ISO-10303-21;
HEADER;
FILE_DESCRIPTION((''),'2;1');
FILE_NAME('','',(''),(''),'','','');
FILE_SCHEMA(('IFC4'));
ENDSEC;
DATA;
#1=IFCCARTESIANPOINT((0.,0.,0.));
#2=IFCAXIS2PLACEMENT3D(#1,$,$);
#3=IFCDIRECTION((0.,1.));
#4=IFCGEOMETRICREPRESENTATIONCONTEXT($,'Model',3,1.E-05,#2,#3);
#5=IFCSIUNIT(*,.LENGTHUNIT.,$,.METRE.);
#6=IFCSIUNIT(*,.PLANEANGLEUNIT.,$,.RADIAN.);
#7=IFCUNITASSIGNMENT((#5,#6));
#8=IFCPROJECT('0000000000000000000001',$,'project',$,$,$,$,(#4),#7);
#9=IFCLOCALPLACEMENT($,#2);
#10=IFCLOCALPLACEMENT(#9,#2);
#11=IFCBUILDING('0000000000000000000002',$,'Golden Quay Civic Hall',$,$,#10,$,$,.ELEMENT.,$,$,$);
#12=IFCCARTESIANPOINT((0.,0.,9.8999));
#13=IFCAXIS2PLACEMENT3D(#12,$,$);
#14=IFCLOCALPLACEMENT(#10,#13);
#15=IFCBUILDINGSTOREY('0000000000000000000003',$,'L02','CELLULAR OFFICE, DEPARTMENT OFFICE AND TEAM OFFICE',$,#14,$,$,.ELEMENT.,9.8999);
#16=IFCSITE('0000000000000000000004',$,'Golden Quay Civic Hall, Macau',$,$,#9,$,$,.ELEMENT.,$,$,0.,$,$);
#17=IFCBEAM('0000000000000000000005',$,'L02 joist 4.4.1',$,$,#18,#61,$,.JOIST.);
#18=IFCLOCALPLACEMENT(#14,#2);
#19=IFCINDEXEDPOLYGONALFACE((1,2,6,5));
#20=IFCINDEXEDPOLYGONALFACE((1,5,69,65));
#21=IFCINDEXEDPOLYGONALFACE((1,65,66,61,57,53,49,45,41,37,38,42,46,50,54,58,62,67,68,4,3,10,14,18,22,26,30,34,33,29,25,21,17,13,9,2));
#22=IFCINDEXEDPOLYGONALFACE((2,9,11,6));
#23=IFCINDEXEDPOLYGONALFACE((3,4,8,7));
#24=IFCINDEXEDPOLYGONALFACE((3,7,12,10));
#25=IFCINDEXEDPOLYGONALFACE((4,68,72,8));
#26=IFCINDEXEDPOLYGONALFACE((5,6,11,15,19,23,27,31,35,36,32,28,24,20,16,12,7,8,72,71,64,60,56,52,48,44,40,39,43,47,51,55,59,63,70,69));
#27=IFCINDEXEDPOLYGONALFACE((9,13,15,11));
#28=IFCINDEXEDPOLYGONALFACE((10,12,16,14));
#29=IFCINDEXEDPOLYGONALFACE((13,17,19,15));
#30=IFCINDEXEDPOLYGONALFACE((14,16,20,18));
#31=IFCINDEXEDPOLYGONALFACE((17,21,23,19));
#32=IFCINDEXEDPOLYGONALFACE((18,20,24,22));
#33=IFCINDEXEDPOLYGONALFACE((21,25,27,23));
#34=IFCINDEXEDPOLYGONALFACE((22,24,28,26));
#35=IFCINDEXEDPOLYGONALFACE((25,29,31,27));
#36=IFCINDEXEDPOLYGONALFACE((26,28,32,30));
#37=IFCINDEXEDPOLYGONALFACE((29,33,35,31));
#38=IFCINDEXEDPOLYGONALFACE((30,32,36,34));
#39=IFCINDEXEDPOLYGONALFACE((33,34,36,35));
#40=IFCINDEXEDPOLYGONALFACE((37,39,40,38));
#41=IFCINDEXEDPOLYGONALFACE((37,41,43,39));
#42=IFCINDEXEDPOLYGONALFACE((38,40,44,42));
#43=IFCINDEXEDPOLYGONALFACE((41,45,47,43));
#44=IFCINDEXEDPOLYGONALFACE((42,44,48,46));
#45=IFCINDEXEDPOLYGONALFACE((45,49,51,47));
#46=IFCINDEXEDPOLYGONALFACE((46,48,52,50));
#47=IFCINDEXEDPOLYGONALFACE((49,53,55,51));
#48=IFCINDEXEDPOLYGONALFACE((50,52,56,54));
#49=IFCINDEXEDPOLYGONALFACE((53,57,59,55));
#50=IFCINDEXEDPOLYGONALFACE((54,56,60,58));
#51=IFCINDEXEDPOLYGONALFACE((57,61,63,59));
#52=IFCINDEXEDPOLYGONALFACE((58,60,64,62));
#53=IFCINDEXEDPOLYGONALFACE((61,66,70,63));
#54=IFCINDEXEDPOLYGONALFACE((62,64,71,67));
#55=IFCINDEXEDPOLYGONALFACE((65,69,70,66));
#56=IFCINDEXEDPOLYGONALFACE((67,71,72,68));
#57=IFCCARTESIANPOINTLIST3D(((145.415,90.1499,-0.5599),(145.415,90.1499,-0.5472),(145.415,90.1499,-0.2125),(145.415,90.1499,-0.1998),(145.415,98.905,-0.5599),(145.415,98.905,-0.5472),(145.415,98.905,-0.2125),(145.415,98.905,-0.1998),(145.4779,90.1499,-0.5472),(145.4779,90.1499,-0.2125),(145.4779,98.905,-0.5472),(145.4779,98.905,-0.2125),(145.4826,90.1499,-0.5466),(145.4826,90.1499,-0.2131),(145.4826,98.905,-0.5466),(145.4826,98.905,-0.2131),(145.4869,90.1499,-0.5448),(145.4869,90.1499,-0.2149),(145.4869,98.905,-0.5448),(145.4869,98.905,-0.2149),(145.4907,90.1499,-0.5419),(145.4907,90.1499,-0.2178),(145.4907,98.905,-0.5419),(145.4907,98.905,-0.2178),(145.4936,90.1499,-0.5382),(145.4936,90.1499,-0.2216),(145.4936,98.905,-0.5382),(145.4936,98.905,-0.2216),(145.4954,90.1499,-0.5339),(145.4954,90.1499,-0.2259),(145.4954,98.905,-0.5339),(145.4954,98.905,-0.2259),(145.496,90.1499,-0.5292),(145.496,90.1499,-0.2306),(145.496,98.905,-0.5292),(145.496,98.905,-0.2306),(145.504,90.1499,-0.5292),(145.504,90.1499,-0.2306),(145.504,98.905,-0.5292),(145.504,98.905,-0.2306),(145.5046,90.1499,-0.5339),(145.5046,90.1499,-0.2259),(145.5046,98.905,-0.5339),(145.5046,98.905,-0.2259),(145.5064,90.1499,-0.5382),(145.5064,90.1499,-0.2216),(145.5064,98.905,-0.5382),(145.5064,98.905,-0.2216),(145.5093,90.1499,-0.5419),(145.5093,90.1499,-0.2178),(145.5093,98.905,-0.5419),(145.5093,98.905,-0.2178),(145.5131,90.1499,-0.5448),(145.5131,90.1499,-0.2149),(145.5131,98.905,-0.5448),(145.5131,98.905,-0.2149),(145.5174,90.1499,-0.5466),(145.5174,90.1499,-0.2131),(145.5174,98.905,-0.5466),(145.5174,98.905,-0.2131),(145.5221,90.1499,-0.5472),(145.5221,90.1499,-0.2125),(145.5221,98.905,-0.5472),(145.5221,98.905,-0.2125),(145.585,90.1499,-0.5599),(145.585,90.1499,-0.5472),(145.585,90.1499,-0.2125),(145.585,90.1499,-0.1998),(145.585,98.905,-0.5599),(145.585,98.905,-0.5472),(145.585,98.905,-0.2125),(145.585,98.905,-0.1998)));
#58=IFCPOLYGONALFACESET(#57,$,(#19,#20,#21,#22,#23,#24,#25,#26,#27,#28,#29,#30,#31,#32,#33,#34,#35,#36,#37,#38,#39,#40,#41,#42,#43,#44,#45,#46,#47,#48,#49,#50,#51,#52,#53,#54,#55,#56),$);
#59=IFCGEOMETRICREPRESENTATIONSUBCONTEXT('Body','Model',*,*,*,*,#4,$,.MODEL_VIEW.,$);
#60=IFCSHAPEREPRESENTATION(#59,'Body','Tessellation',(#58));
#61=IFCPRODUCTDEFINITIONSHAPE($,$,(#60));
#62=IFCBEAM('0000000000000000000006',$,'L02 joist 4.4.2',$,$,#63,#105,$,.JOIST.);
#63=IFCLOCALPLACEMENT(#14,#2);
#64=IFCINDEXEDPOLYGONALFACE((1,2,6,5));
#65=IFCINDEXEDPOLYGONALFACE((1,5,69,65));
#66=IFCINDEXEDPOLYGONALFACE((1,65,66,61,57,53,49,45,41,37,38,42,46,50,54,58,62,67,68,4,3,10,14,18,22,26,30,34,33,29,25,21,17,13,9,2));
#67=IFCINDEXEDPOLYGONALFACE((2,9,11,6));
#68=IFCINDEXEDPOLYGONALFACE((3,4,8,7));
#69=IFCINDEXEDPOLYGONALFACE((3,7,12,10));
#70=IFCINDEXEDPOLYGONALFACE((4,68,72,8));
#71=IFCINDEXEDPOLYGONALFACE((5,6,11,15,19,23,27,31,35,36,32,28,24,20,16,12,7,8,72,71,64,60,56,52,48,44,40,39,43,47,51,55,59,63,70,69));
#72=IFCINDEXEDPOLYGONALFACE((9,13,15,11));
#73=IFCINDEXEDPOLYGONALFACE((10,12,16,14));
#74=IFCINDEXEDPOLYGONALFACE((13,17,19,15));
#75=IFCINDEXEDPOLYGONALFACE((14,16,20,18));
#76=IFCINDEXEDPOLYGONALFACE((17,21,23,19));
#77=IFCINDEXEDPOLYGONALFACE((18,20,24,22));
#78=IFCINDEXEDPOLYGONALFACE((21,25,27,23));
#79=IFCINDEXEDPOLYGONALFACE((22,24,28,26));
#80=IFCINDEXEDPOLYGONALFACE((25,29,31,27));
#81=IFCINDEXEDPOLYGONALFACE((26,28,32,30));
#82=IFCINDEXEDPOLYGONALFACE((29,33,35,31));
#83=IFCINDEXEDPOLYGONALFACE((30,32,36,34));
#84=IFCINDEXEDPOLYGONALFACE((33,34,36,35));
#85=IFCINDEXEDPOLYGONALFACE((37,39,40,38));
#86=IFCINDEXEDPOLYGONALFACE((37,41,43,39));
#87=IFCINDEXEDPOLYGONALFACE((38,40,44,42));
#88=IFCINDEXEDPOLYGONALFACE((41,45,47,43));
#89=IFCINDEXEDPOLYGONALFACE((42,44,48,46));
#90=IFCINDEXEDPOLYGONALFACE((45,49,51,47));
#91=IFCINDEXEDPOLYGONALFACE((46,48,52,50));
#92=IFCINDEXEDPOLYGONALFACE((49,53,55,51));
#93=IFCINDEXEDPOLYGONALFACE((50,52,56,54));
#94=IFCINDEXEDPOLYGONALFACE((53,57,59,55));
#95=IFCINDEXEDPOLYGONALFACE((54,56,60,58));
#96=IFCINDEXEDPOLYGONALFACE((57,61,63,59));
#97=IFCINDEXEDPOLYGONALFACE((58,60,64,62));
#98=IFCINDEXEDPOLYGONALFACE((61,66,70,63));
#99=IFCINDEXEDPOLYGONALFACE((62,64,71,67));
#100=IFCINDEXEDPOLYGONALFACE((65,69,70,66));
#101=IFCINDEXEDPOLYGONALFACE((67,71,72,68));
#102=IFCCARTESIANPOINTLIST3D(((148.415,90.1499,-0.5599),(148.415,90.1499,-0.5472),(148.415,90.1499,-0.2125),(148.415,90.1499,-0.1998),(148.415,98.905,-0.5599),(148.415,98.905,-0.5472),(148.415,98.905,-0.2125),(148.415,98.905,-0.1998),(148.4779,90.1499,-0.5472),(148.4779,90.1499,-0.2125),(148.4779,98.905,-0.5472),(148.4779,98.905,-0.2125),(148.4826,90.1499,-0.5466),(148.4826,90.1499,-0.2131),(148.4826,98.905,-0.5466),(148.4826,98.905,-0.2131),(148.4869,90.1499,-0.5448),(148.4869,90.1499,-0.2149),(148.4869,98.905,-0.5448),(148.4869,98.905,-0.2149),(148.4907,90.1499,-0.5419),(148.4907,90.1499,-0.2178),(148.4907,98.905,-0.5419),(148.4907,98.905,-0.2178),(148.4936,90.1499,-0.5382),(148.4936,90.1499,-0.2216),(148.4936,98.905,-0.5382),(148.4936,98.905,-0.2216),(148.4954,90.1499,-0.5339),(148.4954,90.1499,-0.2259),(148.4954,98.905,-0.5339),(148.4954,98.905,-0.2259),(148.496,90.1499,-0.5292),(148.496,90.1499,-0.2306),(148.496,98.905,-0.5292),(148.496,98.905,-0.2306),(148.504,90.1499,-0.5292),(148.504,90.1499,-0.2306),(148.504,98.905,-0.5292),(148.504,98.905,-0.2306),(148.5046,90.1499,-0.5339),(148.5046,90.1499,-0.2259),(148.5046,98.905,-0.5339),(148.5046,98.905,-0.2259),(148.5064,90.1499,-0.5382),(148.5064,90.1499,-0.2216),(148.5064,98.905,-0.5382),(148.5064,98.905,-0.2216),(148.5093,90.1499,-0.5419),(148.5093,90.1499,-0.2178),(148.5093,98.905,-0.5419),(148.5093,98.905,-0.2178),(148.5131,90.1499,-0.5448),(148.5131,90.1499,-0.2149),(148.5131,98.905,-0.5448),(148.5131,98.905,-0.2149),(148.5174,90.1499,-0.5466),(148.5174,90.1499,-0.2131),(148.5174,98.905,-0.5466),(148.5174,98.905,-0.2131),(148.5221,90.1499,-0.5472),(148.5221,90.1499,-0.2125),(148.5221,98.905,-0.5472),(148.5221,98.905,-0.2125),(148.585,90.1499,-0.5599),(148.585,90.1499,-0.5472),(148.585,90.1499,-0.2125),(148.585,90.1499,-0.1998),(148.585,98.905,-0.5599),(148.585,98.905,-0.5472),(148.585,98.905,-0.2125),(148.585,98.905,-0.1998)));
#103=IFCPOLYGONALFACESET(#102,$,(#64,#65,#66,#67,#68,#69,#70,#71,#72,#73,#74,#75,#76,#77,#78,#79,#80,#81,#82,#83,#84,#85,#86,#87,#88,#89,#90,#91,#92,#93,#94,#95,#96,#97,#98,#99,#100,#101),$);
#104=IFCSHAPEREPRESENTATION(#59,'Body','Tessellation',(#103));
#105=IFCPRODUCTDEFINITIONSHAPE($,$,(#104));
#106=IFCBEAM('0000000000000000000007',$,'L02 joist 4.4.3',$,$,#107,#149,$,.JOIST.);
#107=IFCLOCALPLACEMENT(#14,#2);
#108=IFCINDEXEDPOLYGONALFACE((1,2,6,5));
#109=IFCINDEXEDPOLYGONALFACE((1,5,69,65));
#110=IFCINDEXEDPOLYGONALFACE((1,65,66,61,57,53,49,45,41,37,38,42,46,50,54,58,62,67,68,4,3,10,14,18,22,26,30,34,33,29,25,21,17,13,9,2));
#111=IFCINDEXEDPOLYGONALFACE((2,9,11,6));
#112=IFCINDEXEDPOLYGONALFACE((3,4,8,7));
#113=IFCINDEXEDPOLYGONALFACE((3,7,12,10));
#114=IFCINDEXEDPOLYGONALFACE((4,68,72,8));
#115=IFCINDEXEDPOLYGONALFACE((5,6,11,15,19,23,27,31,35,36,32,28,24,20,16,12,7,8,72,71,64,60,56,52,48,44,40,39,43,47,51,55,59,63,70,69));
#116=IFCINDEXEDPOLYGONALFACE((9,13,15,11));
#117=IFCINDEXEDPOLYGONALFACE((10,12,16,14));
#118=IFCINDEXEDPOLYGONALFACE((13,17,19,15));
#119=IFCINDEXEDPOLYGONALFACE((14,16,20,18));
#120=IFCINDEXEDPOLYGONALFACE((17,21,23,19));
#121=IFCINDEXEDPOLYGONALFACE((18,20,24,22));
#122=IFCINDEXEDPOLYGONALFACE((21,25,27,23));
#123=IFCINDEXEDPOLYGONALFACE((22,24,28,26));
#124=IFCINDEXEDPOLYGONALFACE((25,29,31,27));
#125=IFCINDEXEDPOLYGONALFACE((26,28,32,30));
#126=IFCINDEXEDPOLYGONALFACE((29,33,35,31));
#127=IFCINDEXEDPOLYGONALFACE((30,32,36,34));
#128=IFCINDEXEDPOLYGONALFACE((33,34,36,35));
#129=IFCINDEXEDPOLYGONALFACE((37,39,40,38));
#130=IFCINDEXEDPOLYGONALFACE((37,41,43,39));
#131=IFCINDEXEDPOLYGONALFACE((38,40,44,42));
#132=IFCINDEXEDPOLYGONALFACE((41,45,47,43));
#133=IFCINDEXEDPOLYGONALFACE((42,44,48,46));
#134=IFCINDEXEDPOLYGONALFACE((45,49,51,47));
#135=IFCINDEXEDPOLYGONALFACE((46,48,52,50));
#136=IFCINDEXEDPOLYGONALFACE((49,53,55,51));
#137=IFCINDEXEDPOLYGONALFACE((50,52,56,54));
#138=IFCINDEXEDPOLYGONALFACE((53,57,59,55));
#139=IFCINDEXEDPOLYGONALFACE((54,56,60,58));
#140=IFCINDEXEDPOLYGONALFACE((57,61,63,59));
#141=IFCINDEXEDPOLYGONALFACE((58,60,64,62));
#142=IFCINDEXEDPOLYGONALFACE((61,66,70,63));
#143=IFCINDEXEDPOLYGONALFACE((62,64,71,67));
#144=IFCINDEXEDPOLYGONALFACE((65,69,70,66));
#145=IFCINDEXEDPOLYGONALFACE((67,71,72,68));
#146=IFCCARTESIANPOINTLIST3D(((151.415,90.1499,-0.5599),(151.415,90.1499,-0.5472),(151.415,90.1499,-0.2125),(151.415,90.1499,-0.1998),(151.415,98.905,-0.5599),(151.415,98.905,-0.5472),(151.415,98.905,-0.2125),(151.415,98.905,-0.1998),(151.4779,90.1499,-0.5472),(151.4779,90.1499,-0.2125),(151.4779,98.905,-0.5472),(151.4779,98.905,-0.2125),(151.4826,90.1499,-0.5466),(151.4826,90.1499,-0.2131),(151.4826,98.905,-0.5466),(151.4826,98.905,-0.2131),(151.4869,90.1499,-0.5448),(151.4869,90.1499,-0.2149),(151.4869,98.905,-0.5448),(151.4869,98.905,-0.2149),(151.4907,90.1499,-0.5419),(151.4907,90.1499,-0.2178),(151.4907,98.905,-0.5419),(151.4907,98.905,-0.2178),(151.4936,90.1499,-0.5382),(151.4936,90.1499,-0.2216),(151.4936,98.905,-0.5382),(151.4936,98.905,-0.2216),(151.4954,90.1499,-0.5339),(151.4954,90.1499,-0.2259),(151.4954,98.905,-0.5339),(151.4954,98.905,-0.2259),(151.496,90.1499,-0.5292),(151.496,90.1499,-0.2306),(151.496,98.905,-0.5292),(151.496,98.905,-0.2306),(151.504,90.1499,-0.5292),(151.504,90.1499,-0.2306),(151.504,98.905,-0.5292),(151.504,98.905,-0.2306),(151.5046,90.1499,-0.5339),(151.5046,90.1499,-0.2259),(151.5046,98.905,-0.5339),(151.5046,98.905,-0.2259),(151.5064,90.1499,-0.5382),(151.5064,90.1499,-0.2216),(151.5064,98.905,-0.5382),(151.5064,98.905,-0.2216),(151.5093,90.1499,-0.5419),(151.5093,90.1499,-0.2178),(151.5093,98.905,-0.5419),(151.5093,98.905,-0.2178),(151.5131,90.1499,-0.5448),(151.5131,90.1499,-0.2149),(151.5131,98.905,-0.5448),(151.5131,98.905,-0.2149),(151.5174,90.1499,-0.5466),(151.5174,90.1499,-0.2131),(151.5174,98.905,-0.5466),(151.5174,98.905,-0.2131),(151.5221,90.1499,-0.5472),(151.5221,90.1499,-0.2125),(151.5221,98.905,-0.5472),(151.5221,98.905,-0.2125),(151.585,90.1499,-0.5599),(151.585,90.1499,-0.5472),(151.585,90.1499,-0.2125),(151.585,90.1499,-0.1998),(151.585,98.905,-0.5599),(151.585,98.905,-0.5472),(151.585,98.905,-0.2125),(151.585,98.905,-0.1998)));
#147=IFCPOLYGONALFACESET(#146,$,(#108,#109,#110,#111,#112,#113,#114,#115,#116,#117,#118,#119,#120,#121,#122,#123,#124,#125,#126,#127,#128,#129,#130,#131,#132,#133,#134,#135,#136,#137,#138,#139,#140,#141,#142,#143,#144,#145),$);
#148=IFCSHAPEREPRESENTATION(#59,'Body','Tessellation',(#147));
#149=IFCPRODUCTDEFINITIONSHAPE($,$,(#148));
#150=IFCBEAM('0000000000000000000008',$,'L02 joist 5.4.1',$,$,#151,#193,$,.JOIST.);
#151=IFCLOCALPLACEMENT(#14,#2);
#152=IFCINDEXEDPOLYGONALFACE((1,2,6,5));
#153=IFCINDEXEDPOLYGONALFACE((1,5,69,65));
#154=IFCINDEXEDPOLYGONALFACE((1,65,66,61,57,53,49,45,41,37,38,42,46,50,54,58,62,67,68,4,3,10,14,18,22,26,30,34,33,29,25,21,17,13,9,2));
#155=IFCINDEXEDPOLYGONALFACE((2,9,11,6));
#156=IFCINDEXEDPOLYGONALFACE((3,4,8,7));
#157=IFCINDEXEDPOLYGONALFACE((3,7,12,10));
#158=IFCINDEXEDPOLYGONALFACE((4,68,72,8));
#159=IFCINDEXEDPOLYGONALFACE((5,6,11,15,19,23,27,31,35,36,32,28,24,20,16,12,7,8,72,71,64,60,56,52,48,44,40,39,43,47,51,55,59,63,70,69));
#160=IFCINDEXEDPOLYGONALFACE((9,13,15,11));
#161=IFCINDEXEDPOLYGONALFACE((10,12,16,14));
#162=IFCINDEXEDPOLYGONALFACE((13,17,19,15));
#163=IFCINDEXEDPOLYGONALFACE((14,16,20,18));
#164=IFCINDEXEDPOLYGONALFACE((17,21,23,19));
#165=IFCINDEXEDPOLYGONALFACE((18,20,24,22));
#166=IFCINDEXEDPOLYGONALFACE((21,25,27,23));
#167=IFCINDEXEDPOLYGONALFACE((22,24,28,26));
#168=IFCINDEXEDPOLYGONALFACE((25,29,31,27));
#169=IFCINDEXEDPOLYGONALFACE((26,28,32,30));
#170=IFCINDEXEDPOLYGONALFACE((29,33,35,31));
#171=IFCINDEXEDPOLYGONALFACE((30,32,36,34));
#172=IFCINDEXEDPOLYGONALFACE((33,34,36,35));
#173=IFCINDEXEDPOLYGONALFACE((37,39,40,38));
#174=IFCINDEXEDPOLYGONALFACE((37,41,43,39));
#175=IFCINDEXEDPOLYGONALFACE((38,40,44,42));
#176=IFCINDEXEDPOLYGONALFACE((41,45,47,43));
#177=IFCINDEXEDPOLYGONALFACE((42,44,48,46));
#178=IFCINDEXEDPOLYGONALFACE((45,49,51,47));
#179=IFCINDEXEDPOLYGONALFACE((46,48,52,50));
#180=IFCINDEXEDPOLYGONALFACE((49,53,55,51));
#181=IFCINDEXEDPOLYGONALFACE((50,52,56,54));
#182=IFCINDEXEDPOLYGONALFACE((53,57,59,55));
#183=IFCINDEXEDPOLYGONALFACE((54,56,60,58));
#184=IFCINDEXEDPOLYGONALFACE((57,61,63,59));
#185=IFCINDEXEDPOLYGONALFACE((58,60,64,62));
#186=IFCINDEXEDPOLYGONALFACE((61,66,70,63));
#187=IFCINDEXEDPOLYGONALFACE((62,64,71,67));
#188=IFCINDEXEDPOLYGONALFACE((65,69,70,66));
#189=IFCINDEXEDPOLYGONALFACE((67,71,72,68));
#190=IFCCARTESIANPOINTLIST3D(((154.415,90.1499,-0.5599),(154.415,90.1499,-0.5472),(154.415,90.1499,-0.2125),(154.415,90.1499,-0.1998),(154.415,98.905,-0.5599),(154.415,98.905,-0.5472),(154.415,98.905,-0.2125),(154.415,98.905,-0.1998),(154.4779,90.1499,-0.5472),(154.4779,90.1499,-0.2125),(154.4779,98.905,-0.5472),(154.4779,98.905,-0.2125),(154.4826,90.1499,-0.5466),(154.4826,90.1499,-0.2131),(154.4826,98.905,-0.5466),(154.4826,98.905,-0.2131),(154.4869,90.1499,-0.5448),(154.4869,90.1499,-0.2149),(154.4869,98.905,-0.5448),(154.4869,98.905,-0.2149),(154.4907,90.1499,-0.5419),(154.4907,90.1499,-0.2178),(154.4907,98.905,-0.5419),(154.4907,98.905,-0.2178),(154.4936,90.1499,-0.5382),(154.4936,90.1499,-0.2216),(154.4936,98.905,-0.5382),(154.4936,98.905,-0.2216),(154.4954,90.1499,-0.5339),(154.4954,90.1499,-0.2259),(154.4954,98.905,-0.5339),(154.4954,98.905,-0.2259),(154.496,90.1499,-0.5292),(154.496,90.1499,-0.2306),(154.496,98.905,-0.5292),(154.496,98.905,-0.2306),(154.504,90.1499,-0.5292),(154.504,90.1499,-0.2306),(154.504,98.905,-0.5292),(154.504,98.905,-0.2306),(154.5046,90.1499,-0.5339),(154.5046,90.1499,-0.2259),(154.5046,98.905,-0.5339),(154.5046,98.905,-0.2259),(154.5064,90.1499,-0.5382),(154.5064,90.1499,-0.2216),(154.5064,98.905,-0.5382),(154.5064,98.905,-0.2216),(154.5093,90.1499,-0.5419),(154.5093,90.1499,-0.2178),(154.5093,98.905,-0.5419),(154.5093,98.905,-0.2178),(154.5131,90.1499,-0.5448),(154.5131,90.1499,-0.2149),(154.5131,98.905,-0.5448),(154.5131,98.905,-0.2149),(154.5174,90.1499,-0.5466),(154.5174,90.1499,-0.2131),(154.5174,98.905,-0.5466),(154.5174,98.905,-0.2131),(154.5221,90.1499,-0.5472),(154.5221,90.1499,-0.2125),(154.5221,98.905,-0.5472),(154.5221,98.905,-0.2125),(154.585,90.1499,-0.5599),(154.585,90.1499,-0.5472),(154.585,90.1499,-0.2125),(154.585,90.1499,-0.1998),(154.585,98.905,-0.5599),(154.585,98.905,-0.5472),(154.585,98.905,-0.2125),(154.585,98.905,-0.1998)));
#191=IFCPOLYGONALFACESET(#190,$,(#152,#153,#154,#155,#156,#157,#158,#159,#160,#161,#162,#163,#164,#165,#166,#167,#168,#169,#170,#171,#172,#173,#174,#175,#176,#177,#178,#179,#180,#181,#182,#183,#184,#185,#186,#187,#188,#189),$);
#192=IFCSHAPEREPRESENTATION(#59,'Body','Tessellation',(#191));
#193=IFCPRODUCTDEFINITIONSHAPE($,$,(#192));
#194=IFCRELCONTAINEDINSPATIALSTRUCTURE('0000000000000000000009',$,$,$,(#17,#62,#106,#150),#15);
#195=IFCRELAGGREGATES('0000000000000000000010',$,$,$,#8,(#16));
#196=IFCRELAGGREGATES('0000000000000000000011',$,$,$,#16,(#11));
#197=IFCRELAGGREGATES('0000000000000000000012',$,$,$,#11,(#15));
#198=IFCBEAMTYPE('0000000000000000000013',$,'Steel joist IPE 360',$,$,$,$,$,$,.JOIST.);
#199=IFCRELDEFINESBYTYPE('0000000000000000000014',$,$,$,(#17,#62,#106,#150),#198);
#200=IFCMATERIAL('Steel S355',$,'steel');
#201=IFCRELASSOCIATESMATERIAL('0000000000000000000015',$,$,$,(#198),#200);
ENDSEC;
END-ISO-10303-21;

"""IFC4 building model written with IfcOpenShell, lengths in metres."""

from ifc_helpers import new_model, si_unit, direction, frame, origin, origin_2d, place, context, subcontext, project, spatial, i_section, extrude, material, material_profile, profile_set, type_object, element, save


model = new_model("IFC4")

# Units and contexts
model_context = context("Model", 3, precision=1e-05, world=origin(), true_north=direction((0.0, 1.0)))
body_context = subcontext(model_context, "Body", "Model", "MODEL_VIEW")
ifc_project = project(units=[si_unit("LENGTHUNIT", "METRE"), si_unit("PLANEANGLEUNIT", "RADIAN")], contexts=[model_context])

# Site, building, storey
site_placement = place(None, origin())
site = spatial("IfcSite", under=ifc_project, at=site_placement, Name="Golden Quay Civic Hall, Macau", CompositionType="ELEMENT", RefElevation=0.0)
building_placement = place(site_placement, origin())
building = spatial("IfcBuilding", under=site, at=building_placement, Name="Golden Quay Civic Hall", CompositionType="ELEMENT")
storey_placement = place(building_placement, frame((0.0, 0.0, 9.8999)))
storey = spatial("IfcBuildingStorey", under=building, at=storey_placement, Name="L02", Description="CELLULAR OFFICE, DEPARTMENT OFFICE AND TEAM OFFICE", CompositionType="ELEMENT", Elevation=9.8999)

# Beams
ifc_material_1 = material(Name="Steel S355", Category="steel")
ifc_material_profile_1 = material_profile(ifc_material_1, i_section(OverallWidth=0.1699, OverallDepth=0.3601, WebThickness=0.0081, FlangeThickness=0.0127, FilletRadius=0.0181, at=origin_2d()), Name="IPE 360")
ifc_profile_set_1 = profile_set([ifc_material_profile_1], Name="Steel S355")
beam_type_1 = type_object("IfcBeamType", Name="Steel joist IPE 360", PredefinedType="JOIST", material=ifc_profile_set_1)
for number, where, z_axis, x_axis, name in (
    (1, (145.5, 90.1499, -0.3799), (0.0, 1.0, 0.0), (-1.0, 0.0, 0.0), "L02 joist 4.4.1"),
    (2, (148.5, 90.1499, -0.3799), (0.0, 1.0, 0.0), (-1.0, 0.0, 0.0), "L02 joist 4.4.2"),
    (3, (151.5, 90.1499, -0.3799), (0.0, 1.0, 0.0), (-1.0, 0.0, 0.0), "L02 joist 4.4.3"),
    (4, (154.5, 90.1499, -0.3799), (0.0, 1.0, 0.0), (-1.0, 0.0, 0.0), "L02 joist 5.4.1"),
):
    element("IfcBeam", number, at=place(storey_placement, frame(where, z_axis=z_axis, x_axis=x_axis)), inside=storey, type_object=beam_type_1, Name=name, PredefinedType="JOIST", context=body_context, shape_type="SweptSolid", body=[
        extrude(i_section(OverallWidth=0.1699, OverallDepth=0.3601, WebThickness=0.0081, FlangeThickness=0.0127, FilletRadius=0.0181, at=origin_2d()), origin(), (0.0, 0.0, 1.0), 8.7551),
    ])

save(model, "model.ifc")
